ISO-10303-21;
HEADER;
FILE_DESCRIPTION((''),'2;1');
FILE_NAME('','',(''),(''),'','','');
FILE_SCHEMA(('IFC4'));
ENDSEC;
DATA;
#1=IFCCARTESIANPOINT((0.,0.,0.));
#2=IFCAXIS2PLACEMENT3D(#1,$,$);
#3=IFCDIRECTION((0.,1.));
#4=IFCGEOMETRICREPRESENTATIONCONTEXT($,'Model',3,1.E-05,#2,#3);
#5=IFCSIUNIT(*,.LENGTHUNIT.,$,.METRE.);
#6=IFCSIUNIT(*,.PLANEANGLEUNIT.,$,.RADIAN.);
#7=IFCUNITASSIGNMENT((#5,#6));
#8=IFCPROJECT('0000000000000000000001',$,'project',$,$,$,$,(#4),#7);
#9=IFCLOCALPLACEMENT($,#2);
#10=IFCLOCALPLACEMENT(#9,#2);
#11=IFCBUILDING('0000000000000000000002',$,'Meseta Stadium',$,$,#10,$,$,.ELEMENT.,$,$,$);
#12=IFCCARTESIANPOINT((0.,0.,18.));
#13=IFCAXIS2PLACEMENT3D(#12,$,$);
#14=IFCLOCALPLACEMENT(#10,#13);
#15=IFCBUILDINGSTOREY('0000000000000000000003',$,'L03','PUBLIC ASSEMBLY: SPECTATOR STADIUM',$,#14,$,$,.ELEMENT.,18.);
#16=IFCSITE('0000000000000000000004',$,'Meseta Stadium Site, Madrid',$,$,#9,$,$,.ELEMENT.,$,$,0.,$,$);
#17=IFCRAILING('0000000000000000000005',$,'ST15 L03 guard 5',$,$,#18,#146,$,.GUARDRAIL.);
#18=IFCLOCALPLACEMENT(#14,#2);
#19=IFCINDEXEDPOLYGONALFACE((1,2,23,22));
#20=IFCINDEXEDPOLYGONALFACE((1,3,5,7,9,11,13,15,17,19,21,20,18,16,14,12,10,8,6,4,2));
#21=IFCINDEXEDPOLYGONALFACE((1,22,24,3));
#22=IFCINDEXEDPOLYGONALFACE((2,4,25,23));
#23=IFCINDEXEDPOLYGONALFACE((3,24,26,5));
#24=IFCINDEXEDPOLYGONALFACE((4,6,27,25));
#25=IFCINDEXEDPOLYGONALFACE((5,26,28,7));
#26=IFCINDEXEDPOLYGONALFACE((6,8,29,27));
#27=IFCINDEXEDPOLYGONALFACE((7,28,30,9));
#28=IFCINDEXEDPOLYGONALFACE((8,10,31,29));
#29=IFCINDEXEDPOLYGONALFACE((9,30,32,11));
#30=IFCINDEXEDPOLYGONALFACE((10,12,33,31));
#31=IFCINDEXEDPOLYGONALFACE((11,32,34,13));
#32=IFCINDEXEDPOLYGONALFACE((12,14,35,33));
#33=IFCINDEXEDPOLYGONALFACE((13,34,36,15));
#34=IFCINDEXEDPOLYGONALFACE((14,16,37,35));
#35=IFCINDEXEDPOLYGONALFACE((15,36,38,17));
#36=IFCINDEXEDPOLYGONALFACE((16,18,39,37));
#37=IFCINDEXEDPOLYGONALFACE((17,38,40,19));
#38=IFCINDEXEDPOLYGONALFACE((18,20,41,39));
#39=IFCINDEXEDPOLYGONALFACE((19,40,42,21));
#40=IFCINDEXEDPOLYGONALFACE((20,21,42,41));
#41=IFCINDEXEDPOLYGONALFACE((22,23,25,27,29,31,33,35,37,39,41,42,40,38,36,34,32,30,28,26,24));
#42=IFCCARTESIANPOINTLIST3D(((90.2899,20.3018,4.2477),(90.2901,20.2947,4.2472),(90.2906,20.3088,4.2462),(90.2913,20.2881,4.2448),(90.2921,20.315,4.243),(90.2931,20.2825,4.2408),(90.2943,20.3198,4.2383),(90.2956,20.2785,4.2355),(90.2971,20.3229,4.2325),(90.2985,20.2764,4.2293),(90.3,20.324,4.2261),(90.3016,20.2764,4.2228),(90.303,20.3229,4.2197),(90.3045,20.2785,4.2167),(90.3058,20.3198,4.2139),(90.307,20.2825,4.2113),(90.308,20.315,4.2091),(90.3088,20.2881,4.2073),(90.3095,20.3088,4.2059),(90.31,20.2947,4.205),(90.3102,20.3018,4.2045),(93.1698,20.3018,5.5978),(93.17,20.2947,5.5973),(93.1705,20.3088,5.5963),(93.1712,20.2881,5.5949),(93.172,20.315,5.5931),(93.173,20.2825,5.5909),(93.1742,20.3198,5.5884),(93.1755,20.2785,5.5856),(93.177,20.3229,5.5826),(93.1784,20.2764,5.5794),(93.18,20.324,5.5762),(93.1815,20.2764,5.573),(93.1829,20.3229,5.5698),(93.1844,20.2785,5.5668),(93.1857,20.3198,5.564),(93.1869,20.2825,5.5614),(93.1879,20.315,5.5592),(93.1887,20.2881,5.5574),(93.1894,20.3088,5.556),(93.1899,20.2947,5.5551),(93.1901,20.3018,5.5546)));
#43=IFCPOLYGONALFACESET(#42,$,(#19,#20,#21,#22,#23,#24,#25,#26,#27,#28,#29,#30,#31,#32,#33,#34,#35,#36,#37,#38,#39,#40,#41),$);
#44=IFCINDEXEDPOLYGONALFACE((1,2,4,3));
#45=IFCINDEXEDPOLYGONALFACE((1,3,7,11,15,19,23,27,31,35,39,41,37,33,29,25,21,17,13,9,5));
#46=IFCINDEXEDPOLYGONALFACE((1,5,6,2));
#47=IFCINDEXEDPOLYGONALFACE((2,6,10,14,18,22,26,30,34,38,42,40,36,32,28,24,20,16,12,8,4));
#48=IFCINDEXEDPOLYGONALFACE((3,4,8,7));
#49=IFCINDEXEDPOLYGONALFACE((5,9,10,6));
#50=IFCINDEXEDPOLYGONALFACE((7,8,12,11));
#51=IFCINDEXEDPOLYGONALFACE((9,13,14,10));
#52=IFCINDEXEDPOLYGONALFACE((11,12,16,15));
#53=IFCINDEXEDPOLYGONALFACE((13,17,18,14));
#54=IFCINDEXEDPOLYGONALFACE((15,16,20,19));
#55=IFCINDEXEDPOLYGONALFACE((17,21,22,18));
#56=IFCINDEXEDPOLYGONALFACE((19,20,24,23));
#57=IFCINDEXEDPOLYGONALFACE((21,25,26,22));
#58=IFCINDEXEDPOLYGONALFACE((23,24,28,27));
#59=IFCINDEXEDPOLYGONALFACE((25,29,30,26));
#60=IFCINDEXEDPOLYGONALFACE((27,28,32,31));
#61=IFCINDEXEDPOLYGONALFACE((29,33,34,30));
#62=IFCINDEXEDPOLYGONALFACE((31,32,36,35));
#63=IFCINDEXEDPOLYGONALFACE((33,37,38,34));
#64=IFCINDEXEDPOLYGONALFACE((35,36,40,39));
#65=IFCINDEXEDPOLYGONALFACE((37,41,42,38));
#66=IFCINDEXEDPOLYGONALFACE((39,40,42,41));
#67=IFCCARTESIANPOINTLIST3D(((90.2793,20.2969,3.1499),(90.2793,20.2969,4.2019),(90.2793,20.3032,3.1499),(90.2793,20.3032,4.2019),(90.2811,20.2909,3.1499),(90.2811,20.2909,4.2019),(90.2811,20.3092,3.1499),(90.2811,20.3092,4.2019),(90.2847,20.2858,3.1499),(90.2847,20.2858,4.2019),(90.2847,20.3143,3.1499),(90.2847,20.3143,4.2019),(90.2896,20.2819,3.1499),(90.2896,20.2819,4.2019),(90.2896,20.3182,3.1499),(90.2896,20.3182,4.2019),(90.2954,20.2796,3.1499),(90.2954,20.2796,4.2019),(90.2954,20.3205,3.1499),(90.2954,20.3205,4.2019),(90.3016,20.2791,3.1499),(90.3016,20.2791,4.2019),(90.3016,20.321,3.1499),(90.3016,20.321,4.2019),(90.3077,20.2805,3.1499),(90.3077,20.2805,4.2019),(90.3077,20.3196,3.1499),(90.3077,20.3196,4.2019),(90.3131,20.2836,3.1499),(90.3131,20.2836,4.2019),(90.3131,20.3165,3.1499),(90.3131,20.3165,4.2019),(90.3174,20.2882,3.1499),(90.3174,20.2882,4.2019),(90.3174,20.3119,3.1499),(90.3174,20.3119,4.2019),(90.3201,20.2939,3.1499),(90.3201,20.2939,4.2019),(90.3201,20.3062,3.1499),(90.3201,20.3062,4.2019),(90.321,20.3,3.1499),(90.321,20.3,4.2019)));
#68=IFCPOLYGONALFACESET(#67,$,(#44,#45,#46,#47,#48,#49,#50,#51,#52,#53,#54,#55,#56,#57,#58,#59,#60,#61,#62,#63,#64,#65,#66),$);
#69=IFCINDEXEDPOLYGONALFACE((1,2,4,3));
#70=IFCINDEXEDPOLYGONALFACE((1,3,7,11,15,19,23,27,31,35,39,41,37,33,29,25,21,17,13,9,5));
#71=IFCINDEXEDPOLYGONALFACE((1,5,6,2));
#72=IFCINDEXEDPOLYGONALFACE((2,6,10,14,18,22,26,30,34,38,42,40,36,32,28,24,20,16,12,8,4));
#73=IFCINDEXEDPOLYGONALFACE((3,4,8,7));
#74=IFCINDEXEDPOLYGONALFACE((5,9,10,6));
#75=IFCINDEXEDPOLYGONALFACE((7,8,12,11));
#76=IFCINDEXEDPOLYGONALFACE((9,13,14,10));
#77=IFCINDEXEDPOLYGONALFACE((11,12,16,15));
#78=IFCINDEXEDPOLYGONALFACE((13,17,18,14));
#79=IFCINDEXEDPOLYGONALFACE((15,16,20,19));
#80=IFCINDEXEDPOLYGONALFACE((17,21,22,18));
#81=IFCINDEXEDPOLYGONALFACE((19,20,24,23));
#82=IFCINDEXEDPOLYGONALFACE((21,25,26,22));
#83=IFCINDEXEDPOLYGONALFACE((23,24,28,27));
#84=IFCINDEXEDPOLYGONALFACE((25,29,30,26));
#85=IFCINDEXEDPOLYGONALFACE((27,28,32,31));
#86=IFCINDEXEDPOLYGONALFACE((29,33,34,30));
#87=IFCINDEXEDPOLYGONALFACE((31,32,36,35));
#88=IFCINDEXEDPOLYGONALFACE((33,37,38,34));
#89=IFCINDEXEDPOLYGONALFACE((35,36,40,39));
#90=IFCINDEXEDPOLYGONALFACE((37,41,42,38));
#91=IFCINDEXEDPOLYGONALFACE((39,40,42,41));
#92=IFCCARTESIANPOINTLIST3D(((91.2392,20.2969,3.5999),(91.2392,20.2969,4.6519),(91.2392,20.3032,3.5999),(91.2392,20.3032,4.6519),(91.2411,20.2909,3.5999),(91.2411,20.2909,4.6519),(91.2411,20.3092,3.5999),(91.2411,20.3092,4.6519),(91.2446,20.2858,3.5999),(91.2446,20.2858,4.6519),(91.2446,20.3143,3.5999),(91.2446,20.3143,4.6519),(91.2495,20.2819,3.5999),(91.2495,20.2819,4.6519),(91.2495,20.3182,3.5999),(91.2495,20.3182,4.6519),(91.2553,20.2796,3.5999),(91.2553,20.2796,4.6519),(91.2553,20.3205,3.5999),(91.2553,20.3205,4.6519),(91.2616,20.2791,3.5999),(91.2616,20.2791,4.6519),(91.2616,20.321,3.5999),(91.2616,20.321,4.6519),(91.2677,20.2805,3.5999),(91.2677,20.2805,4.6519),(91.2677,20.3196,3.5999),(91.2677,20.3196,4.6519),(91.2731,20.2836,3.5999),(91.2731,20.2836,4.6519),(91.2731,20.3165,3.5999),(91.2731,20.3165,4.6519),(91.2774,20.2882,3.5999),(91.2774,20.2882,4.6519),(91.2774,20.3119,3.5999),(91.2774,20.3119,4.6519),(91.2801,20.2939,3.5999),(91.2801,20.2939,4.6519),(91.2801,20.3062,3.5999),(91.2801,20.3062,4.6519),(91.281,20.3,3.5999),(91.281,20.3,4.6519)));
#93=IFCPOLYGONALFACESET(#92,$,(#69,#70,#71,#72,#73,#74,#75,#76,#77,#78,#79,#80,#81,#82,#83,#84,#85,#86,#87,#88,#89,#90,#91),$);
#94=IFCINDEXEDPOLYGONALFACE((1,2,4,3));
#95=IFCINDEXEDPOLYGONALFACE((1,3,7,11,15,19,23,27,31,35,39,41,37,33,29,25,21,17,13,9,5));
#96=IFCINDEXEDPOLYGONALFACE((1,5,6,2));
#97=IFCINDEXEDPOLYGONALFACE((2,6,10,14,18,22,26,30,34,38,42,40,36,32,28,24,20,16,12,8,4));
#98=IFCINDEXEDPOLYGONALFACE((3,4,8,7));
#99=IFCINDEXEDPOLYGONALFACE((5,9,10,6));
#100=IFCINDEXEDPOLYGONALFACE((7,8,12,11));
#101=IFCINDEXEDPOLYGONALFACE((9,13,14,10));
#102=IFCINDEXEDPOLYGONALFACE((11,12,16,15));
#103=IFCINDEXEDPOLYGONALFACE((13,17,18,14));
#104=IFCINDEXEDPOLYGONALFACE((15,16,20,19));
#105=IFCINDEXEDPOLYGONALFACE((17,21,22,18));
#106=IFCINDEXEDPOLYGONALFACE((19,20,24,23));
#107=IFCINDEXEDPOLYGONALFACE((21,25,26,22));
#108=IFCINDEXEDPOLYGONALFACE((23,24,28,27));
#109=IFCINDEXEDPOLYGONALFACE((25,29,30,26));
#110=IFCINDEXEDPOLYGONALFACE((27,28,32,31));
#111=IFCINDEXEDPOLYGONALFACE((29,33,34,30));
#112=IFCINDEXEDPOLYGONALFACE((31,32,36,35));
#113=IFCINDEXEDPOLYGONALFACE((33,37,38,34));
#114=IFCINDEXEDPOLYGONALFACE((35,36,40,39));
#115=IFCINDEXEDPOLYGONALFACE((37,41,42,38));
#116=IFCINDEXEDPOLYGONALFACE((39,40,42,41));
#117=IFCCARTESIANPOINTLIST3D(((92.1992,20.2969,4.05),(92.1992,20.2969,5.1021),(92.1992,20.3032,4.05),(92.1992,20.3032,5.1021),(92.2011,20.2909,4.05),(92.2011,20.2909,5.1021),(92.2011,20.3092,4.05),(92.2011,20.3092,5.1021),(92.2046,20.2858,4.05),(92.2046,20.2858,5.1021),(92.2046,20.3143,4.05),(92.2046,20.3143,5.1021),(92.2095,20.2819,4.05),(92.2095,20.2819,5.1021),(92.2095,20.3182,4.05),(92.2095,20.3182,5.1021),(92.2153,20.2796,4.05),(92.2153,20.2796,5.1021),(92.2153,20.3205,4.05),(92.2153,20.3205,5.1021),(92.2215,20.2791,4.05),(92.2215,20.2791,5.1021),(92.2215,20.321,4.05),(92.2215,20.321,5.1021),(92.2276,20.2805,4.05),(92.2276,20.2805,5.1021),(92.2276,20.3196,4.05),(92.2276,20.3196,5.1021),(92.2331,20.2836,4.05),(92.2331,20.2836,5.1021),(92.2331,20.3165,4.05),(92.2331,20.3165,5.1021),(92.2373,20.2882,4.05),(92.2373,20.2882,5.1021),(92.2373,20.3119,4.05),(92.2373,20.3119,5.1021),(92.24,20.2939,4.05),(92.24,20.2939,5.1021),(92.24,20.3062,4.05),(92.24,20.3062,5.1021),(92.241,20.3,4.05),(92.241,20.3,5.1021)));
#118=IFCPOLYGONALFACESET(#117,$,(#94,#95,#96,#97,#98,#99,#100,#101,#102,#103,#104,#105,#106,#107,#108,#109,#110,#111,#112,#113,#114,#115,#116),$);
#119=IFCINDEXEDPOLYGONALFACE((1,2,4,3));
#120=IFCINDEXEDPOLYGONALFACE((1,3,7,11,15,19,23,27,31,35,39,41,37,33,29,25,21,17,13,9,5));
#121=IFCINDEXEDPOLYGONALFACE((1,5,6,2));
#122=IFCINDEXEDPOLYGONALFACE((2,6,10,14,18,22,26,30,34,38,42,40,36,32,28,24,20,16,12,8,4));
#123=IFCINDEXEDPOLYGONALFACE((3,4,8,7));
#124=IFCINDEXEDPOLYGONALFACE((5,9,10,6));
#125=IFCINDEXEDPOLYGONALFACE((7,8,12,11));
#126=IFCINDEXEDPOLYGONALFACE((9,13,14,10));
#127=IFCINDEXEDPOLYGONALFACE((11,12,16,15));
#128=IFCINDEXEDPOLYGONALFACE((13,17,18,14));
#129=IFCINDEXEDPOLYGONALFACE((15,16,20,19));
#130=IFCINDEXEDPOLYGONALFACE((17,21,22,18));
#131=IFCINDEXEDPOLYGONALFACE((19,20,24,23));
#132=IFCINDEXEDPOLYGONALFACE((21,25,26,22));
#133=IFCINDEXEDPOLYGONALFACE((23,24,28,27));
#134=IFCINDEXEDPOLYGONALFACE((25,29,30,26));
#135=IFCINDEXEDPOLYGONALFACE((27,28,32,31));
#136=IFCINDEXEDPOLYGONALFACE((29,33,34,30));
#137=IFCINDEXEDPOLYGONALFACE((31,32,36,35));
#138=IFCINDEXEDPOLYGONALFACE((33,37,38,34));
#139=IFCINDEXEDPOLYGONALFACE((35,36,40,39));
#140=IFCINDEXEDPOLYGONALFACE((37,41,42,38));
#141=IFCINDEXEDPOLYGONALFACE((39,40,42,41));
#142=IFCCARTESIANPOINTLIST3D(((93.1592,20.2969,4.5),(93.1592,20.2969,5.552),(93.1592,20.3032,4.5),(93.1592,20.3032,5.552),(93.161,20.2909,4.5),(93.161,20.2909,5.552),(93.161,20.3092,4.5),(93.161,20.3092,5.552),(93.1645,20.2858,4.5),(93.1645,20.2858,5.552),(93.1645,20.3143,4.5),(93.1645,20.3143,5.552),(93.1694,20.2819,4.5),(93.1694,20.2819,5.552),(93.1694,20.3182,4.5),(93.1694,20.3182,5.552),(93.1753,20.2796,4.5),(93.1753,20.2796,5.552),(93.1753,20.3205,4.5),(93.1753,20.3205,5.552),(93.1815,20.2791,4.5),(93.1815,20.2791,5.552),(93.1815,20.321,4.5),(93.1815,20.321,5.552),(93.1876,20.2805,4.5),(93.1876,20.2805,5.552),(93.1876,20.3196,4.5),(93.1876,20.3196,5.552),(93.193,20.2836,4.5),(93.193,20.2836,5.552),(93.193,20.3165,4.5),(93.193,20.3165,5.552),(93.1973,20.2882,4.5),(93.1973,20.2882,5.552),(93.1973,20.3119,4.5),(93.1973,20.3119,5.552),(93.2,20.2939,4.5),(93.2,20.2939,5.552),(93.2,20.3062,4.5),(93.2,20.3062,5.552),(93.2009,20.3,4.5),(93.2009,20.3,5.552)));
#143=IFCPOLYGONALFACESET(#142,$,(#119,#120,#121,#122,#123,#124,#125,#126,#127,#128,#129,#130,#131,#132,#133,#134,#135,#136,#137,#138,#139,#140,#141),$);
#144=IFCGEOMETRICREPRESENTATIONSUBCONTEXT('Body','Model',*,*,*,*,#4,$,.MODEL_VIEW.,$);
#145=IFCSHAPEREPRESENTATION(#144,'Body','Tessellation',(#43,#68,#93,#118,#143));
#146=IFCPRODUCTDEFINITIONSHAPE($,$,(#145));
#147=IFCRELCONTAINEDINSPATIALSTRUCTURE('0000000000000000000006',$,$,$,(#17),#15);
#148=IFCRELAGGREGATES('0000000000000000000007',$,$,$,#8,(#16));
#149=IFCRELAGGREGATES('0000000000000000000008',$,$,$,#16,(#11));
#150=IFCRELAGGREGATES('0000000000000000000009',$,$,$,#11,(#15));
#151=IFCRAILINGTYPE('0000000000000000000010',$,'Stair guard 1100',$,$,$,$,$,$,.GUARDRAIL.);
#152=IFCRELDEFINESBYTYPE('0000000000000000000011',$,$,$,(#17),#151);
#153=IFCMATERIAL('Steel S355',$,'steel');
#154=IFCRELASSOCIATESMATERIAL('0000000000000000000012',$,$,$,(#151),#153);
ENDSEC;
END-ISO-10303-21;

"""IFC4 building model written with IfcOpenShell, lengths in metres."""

from ifc_helpers import new_model, si_unit, direction, frame, origin, origin_2d, place, context, subcontext, project, spatial, circle, extrude, material, type_object, element, save


model = new_model("IFC4")

# Units and contexts
model_context = context("Model", 3, precision=1e-05, world=origin(), true_north=direction((0.0, 1.0)))
body_context = subcontext(model_context, "Body", "Model", "MODEL_VIEW")
ifc_project = project(units=[si_unit("LENGTHUNIT", "METRE"), si_unit("PLANEANGLEUNIT", "RADIAN")], contexts=[model_context])

# Site, building, storey
site_placement = place(None, origin())
site = spatial("IfcSite", under=ifc_project, at=site_placement, Name="Meseta Stadium Site, Madrid", CompositionType="ELEMENT", RefElevation=0.0)
building_placement = place(site_placement, origin())
building = spatial("IfcBuilding", under=site, at=building_placement, Name="Meseta Stadium", CompositionType="ELEMENT")
storey_placement = place(building_placement, frame((0.0, 0.0, 18.0)))
storey = spatial("IfcBuildingStorey", under=building, at=storey_placement, Name="L03", Description="PUBLIC ASSEMBLY: SPECTATOR STADIUM", CompositionType="ELEMENT", Elevation=18.0)

# Railing
ifc_material_1 = material(Name="Steel S355", Category="steel")
railing_type_1 = type_object("IfcRailingType", Name="Stair guard 1100", PredefinedType="GUARDRAIL", material=ifc_material_1)
railing_1_placement = place(storey_placement, frame((90.3, 20.3, 3.1499)))
element("IfcRailing", 1, at=railing_1_placement, inside=storey, type_object=railing_type_1, Name="ST15 L03 guard 5", PredefinedType="GUARDRAIL", context=body_context, shape_type="SweptSolid", body=[
    extrude(circle(Radius=0.0239, at=origin_2d()), frame((0.0, 0.0, 1.0762), z_axis=(0.90544, 0.0, 0.424473), x_axis=(0.0, 1.0, 0.0)), (0.0, 0.0, 1.0), 3.1807),
    extrude(circle(Radius=0.021, at=origin_2d()), origin(), (0.0, 0.0, 1.0), 1.052),
    extrude(circle(Radius=0.021, at=origin_2d()), frame((0.96, 0.0, 0.45)), (0.0, 0.0, 1.0), 1.052),
    extrude(circle(Radius=0.021, at=origin_2d()), frame((1.9199, 0.0, 0.9001)), (0.0, 0.0, 1.0), 1.052),
    extrude(circle(Radius=0.021, at=origin_2d()), frame((2.8799, 0.0, 1.3501)), (0.0, 0.0, 1.0), 1.052),
])

save(model, "model.ifc")
